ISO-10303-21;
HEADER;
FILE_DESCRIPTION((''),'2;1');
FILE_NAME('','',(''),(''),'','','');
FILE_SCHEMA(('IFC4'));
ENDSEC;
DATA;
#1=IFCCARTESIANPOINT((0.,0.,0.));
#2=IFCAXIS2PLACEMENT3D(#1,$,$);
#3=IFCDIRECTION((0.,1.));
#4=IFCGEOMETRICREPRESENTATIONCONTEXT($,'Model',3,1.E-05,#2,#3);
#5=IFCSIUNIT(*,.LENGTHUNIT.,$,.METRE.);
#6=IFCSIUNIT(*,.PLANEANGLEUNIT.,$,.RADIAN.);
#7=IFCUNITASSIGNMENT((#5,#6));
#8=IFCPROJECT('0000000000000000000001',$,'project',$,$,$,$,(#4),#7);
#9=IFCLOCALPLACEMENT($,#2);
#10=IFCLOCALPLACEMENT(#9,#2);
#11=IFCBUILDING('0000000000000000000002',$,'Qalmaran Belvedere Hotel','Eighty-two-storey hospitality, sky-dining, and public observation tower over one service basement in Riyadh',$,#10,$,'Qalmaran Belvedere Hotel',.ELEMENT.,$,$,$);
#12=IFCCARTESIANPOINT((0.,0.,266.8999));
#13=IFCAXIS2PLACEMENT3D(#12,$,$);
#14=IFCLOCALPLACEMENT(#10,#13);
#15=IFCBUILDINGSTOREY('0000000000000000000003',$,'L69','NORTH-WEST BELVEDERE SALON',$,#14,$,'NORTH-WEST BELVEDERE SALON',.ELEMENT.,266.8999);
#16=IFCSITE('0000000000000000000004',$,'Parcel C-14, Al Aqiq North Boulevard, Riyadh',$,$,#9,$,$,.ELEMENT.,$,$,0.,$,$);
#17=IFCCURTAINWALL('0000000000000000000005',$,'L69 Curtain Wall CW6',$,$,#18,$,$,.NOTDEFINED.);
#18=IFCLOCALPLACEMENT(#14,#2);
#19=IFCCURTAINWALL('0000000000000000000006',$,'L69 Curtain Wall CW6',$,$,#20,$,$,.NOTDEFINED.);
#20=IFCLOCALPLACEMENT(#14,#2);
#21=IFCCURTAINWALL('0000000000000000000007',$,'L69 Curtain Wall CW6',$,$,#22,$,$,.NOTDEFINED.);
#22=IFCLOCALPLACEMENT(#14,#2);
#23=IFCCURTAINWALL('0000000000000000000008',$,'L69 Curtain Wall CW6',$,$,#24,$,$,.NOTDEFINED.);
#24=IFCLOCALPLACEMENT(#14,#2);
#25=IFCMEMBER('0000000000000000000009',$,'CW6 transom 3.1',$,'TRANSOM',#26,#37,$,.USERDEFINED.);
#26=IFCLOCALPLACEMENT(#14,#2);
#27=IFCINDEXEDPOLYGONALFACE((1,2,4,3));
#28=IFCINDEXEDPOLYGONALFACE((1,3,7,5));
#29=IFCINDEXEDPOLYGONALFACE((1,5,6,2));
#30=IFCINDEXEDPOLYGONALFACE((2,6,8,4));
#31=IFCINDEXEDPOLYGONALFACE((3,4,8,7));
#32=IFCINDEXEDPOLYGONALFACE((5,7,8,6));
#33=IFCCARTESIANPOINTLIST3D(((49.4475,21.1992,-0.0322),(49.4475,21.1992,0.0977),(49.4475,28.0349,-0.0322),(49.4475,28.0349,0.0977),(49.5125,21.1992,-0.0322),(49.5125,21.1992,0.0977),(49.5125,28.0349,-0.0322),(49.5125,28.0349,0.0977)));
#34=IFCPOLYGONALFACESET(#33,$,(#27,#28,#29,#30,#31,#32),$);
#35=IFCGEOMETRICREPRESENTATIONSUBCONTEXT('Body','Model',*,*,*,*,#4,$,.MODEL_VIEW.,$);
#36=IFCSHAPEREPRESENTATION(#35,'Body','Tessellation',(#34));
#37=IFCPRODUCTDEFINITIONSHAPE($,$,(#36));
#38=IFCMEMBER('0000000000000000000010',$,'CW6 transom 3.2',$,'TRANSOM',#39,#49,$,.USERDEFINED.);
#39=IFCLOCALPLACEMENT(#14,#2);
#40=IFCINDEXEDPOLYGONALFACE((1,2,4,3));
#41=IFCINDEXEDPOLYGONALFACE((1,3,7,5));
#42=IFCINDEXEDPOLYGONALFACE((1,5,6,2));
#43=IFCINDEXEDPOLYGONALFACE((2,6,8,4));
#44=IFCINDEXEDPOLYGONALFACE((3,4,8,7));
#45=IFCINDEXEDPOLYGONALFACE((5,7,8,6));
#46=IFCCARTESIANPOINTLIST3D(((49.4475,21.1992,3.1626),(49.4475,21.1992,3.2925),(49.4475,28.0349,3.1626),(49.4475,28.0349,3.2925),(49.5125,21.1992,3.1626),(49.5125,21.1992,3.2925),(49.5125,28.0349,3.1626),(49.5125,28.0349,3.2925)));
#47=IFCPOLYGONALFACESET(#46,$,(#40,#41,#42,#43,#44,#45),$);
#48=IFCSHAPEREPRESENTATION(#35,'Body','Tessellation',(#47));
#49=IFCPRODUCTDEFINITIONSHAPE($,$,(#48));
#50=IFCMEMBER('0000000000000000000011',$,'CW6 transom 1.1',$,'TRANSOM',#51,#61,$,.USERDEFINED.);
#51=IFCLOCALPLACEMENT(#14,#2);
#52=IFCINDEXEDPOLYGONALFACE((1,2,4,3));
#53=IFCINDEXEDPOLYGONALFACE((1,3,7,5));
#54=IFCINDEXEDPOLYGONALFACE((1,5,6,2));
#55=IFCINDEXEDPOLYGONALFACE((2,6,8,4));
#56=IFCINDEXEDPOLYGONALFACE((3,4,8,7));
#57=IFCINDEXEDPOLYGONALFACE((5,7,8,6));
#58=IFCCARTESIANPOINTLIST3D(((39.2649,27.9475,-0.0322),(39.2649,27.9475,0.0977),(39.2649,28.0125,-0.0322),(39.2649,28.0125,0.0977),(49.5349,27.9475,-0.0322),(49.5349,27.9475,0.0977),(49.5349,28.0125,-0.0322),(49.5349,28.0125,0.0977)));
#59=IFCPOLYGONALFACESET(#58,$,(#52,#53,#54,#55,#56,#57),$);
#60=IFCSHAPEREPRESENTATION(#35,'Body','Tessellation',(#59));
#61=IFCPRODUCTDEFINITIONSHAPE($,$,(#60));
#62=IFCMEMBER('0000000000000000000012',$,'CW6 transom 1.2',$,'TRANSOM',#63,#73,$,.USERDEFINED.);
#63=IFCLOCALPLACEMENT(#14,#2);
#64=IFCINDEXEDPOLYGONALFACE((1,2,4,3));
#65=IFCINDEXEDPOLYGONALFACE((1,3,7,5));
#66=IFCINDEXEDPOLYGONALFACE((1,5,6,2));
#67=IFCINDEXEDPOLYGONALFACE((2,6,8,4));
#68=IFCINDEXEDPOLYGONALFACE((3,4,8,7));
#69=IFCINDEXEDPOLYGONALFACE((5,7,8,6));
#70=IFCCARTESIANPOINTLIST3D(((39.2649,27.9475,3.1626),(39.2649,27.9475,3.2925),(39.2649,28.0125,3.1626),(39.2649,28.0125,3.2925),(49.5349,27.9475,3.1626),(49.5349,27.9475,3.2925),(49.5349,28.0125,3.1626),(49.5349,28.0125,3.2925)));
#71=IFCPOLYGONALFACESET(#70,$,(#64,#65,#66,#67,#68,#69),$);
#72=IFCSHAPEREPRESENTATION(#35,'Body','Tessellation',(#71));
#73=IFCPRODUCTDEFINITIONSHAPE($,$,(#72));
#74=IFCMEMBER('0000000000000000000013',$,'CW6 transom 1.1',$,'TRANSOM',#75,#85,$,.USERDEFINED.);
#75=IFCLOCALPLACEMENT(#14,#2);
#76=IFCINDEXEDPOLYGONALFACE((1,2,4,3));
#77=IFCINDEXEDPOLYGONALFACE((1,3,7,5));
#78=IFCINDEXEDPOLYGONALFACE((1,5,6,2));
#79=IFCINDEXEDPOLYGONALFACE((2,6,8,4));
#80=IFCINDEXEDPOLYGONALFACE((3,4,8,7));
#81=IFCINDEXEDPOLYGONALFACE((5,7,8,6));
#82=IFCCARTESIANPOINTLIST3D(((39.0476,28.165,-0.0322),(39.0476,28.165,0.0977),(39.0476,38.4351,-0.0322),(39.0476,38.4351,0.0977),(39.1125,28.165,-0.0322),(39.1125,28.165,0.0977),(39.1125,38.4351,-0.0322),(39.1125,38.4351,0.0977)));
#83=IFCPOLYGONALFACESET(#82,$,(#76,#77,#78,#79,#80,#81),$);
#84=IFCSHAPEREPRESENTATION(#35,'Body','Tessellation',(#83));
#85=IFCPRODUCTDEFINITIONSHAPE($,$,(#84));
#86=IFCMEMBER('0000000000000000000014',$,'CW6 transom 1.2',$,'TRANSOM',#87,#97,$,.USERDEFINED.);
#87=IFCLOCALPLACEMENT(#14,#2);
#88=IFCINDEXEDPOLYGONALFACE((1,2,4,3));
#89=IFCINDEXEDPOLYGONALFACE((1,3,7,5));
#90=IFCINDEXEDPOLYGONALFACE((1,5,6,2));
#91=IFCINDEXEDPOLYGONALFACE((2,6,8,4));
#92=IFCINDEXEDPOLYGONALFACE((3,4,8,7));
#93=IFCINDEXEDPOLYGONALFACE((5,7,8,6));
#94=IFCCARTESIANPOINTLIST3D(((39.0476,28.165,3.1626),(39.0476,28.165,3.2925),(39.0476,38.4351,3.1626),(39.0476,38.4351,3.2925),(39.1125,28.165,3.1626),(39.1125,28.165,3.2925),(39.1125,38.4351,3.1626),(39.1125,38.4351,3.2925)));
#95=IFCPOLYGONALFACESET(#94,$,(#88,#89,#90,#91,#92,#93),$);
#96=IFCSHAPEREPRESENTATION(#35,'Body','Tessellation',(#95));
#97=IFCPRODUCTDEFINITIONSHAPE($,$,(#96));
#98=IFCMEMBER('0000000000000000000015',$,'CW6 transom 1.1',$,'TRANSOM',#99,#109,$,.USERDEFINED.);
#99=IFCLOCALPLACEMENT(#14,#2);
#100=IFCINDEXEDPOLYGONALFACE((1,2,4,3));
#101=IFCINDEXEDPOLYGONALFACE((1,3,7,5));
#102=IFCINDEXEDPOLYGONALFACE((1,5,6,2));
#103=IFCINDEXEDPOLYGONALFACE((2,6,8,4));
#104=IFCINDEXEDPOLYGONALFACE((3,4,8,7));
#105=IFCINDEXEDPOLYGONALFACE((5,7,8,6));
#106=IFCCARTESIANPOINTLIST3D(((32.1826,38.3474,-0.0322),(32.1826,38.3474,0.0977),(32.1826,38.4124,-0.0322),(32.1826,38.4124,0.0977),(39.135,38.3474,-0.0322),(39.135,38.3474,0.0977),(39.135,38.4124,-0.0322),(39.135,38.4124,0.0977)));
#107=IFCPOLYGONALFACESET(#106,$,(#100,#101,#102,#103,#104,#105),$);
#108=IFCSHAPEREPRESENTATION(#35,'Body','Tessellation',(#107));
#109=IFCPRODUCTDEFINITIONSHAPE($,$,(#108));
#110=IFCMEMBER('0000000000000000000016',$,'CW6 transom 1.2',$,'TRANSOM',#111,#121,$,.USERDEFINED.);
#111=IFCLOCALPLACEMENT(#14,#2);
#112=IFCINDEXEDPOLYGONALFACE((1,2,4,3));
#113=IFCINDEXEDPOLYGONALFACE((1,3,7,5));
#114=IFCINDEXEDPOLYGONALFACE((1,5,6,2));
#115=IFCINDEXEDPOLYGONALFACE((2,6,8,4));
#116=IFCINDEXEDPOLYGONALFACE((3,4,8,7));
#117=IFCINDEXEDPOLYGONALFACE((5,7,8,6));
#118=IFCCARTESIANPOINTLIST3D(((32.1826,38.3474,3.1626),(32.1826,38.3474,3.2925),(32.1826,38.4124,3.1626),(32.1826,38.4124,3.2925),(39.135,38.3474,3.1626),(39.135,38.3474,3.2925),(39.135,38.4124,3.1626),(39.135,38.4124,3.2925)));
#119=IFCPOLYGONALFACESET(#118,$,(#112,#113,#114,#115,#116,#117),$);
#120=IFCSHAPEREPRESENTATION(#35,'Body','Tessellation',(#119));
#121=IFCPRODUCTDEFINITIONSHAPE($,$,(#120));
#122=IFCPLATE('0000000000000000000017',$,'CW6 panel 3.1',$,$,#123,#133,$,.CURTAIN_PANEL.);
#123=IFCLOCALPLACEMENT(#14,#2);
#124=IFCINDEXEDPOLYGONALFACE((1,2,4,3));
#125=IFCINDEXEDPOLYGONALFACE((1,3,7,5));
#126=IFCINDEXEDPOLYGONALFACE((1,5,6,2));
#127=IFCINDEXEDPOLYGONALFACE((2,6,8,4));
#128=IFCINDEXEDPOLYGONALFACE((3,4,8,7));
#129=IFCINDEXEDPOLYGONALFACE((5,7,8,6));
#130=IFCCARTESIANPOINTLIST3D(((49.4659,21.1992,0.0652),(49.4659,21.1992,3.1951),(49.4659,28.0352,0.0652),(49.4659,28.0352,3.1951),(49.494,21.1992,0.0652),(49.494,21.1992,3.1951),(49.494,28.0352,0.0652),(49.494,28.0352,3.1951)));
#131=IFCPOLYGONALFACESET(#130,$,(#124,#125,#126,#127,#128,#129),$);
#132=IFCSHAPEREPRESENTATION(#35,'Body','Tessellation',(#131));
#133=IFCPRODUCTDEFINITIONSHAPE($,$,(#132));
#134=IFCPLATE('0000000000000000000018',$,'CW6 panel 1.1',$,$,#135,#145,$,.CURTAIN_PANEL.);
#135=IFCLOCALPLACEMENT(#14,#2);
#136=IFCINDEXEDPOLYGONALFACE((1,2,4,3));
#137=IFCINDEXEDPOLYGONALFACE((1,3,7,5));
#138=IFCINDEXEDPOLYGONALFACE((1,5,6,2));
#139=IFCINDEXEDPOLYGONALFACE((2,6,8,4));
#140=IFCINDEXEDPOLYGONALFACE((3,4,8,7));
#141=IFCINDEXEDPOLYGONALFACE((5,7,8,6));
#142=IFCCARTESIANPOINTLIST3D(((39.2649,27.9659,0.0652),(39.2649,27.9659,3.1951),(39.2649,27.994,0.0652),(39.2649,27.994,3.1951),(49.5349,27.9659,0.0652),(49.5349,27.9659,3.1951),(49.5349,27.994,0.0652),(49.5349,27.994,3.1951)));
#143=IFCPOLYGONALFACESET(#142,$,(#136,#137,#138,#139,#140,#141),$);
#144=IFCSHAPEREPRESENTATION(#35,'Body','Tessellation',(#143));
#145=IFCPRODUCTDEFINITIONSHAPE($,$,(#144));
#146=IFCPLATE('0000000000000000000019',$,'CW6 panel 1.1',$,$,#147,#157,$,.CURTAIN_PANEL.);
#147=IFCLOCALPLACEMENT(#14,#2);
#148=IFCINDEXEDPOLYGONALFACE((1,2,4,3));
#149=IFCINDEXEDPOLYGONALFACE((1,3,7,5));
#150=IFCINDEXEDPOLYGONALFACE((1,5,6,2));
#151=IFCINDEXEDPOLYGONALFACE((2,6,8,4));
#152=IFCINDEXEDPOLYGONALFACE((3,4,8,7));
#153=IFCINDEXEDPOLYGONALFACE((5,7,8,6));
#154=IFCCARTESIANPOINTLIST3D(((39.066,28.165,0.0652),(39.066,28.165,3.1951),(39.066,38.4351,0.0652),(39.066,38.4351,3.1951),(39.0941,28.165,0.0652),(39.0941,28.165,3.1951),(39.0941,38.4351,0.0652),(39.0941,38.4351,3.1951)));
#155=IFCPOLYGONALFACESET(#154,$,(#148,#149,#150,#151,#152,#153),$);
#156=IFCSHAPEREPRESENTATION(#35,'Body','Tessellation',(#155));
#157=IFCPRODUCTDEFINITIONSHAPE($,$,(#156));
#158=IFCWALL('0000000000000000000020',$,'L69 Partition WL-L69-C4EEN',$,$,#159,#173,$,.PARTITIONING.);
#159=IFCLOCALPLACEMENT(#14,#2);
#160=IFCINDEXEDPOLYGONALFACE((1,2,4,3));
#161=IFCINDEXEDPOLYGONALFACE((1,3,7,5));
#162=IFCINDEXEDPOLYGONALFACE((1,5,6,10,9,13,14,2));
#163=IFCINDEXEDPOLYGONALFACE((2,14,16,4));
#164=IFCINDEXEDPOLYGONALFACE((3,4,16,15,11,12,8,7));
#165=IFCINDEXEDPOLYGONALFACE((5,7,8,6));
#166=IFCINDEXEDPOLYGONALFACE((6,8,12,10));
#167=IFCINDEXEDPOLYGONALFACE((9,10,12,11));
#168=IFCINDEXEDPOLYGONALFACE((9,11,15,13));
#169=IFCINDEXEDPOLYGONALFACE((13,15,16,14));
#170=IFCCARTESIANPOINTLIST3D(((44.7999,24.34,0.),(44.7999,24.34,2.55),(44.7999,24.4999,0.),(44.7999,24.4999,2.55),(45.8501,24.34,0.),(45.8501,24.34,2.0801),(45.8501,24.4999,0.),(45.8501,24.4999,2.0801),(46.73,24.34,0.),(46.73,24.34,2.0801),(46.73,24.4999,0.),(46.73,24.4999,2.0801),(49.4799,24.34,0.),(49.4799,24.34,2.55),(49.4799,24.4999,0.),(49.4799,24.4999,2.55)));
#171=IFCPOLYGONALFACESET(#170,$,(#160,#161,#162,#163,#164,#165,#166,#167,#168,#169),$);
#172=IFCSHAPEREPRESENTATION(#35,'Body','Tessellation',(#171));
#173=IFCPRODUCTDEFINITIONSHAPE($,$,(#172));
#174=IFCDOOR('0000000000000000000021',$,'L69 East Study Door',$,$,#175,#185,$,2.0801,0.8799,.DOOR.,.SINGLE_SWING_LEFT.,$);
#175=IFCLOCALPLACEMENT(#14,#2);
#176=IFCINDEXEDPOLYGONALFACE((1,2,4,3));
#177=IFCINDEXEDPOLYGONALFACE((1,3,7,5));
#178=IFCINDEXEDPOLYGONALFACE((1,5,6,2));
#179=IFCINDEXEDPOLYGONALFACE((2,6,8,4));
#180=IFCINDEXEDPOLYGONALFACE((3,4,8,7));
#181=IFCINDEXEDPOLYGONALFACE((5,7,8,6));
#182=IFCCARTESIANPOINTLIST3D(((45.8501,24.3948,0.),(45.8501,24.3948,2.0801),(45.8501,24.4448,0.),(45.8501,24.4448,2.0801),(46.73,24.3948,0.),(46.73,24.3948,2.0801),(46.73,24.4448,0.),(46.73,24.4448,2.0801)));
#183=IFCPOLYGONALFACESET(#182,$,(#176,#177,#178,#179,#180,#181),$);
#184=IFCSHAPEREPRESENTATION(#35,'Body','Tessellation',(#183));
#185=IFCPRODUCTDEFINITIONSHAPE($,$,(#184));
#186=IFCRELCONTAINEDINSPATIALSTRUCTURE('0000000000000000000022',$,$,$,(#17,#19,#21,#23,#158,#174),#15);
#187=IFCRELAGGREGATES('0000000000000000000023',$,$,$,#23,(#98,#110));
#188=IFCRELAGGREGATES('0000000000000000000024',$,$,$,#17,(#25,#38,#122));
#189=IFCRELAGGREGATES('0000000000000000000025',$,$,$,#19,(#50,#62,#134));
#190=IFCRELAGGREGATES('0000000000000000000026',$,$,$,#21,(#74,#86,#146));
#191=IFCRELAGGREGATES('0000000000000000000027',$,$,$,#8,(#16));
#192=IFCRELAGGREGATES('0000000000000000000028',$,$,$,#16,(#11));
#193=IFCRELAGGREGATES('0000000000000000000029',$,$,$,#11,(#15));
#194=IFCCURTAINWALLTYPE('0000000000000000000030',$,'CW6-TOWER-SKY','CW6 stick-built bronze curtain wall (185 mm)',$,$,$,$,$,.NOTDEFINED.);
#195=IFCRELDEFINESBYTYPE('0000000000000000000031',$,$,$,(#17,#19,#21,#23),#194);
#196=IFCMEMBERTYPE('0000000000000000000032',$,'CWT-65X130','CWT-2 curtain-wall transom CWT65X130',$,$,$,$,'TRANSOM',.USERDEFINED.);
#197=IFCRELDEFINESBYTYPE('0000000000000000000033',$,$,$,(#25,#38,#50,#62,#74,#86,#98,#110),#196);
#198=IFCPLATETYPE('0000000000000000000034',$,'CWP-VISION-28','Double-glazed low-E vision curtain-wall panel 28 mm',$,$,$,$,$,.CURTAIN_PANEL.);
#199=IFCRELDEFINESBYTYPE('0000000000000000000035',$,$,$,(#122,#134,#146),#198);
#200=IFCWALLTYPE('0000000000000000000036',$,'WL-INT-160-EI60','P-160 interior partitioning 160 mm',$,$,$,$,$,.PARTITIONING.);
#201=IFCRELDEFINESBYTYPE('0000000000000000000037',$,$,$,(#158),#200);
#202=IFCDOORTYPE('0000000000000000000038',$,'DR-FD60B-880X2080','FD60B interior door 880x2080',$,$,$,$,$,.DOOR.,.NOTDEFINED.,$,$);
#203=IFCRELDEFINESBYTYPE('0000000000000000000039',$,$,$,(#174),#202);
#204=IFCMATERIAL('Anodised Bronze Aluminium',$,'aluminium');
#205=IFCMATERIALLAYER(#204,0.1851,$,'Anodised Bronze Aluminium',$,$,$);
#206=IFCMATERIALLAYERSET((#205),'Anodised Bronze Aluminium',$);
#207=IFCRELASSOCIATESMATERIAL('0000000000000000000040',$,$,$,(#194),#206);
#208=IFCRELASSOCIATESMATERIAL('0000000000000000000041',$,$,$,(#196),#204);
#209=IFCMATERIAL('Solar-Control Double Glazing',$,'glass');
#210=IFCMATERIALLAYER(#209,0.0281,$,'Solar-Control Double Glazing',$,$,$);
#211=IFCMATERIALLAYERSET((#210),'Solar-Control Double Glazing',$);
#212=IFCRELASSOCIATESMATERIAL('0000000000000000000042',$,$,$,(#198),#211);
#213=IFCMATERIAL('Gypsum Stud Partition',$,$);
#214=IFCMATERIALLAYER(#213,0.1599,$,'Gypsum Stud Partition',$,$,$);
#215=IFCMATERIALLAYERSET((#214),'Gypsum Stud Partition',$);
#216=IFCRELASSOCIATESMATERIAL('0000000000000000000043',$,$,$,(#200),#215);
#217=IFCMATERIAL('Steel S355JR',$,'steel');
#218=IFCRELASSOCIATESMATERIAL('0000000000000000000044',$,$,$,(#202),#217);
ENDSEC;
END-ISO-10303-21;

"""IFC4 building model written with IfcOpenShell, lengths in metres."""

from ifc_helpers import new_model, si_unit, direction, frame, frame_2d, origin, origin_2d, place, context, subcontext, project, spatial, rectangle, extrude, material, layer, layer_set, material_profile, profile_set, type_object, element, fill, aggregate, save


model = new_model("IFC4")

# Units and contexts
model_context = context("Model", 3, precision=1e-05, world=origin(), true_north=direction((0.0, 1.0)))
body_context = subcontext(model_context, "Body", "Model", "MODEL_VIEW")
ifc_project = project(units=[si_unit("LENGTHUNIT", "METRE"), si_unit("PLANEANGLEUNIT", "RADIAN")], contexts=[model_context])

# Site, building, storey
site_placement = place(None, origin())
site = spatial("IfcSite", under=ifc_project, at=site_placement, Name="Parcel C-14, Al Aqiq North Boulevard, Riyadh", CompositionType="ELEMENT", RefElevation=0.0)
building_placement = place(site_placement, origin())
building = spatial("IfcBuilding", under=site, at=building_placement, Name="Qalmaran Belvedere Hotel", Description="Eighty-two-storey hospitality, sky-dining, and public observation tower over one service basement in Riyadh", LongName="Qalmaran Belvedere Hotel", CompositionType="ELEMENT")
storey_placement = place(building_placement, frame((0.0, 0.0, 266.8999)))
storey = spatial("IfcBuildingStorey", under=building, at=storey_placement, Name="L69", Description="NORTH-WEST BELVEDERE SALON", LongName="NORTH-WEST BELVEDERE SALON", CompositionType="ELEMENT", Elevation=266.8999)

# Shared definitions
ifc_material_1 = material(Name="Steel S355JR", Category="steel")

# Curtain walls
ifc_material_2 = material(Name="Anodised Bronze Aluminium", Category="aluminium")
ifc_layer_1 = layer(ifc_material_2, 0.1851, Name="Anodised Bronze Aluminium")
ifc_layer_set_1 = layer_set([ifc_layer_1], Name="Anodised Bronze Aluminium")
curtain_wall_type = type_object("IfcCurtainWallType", Name="CW6-TOWER-SKY", Description="CW6 stick-built bronze curtain wall (185 mm)", PredefinedType="NOTDEFINED", material=ifc_layer_set_1)
curtain_wall_1_placement = place(storey_placement, origin())
curtain_wall_1 = element("IfcCurtainWall", 1, at=curtain_wall_1_placement, inside=storey, type_object=curtain_wall_type, Name="L69 Curtain Wall CW6", PredefinedType="NOTDEFINED")
curtain_wall_2_placement = place(storey_placement, origin())
curtain_wall_2 = element("IfcCurtainWall", 2, at=curtain_wall_2_placement, inside=storey, type_object=curtain_wall_type, Name="L69 Curtain Wall CW6", PredefinedType="NOTDEFINED")
curtain_wall_3_placement = place(storey_placement, origin())
curtain_wall_3 = element("IfcCurtainWall", 3, at=curtain_wall_3_placement, inside=storey, type_object=curtain_wall_type, Name="L69 Curtain Wall CW6", PredefinedType="NOTDEFINED")

# Curtain wall
curtain_wall_4_placement = place(storey_placement, origin())
curtain_wall_4 = element("IfcCurtainWall", 4, at=curtain_wall_4_placement, inside=storey, type_object=curtain_wall_type, Name="L69 Curtain Wall CW6", PredefinedType="NOTDEFINED")

# Members
ifc_material_profile_1 = material_profile(ifc_material_2, rectangle(XDim=0.0649, YDim=0.1299, at=origin_2d()), Name="CWT65X130")
ifc_profile_set_1 = profile_set([ifc_material_profile_1], Name="Anodised Bronze Aluminium")
member_type_1 = type_object("IfcMemberType", Name="CWT-65X130", Description="CWT-2 curtain-wall transom CWT65X130", ElementType="TRANSOM", PredefinedType="USERDEFINED", material=ifc_profile_set_1)
member_1_placement = place(storey_placement, frame((49.48, 21.1992, 0.0327), z_axis=(0.0, 1.0, 0.0), x_axis=(-1.0, 0.0, 0.0)))
member_1 = element("IfcMember", 5, at=member_1_placement, type_object=member_type_1, Name="CW6 transom 3.1", ObjectType="TRANSOM", PredefinedType="USERDEFINED", context=body_context, shape_type="SweptSolid", body=[
    extrude(rectangle(XDim=0.0649, YDim=0.1299, at=origin_2d()), origin(), (0.0, 0.0, 1.0), 6.8357),
])
member_2_placement = place(storey_placement, frame((49.48, 21.1992, 3.2275), z_axis=(0.0, 1.0, 0.0), x_axis=(-1.0, 0.0, 0.0)))
member_2 = element("IfcMember", 6, at=member_2_placement, type_object=member_type_1, Name="CW6 transom 3.2", ObjectType="TRANSOM", PredefinedType="USERDEFINED", context=body_context, shape_type="SweptSolid", body=[
    extrude(rectangle(XDim=0.0649, YDim=0.1299, at=origin_2d()), origin(), (0.0, 0.0, 1.0), 6.8357),
])
member_3_placement = place(storey_placement, frame((49.5349, 27.98, 0.0327), z_axis=(-1.0, 0.0, 0.0), x_axis=(0.0, -1.0, 0.0)))
member_3 = element("IfcMember", 7, at=member_3_placement, type_object=member_type_1, Name="CW6 transom 1.1", ObjectType="TRANSOM", PredefinedType="USERDEFINED", context=body_context, shape_type="SweptSolid", body=[
    extrude(rectangle(XDim=0.0649, YDim=0.1299, at=origin_2d()), origin(), (0.0, 0.0, 1.0), 10.27),
])
member_4_placement = place(storey_placement, frame((49.5349, 27.98, 3.2275), z_axis=(-1.0, 0.0, 0.0), x_axis=(0.0, -1.0, 0.0)))
member_4 = element("IfcMember", 8, at=member_4_placement, type_object=member_type_1, Name="CW6 transom 1.2", ObjectType="TRANSOM", PredefinedType="USERDEFINED", context=body_context, shape_type="SweptSolid", body=[
    extrude(rectangle(XDim=0.0649, YDim=0.1299, at=origin_2d()), origin(), (0.0, 0.0, 1.0), 10.27),
])
member_5_placement = place(storey_placement, frame((39.0801, 28.165, 0.0327), z_axis=(0.0, 1.0, 0.0), x_axis=(-1.0, 0.0, 0.0)))
member_5 = element("IfcMember", 9, at=member_5_placement, type_object=member_type_1, Name="CW6 transom 1.1", ObjectType="TRANSOM", PredefinedType="USERDEFINED", context=body_context, shape_type="SweptSolid", body=[
    extrude(rectangle(XDim=0.0649, YDim=0.1299, at=origin_2d()), origin(), (0.0, 0.0, 1.0), 10.27),
])
member_6_placement = place(storey_placement, frame((39.0801, 28.165, 3.2275), z_axis=(0.0, 1.0, 0.0), x_axis=(-1.0, 0.0, 0.0)))
member_6 = element("IfcMember", 10, at=member_6_placement, type_object=member_type_1, Name="CW6 transom 1.2", ObjectType="TRANSOM", PredefinedType="USERDEFINED", context=body_context, shape_type="SweptSolid", body=[
    extrude(rectangle(XDim=0.0649, YDim=0.1299, at=origin_2d()), origin(), (0.0, 0.0, 1.0), 10.27),
])
member_7_placement = place(storey_placement, frame((39.135, 38.3799, 0.0327), z_axis=(-1.0, 0.0, 0.0), x_axis=(0.0, -1.0, 0.0)))
member_7 = element("IfcMember", 11, at=member_7_placement, type_object=member_type_1, Name="CW6 transom 1.1", ObjectType="TRANSOM", PredefinedType="USERDEFINED", context=body_context, shape_type="SweptSolid", body=[
    extrude(rectangle(XDim=0.0649, YDim=0.1299, at=origin_2d()), origin(), (0.0, 0.0, 1.0), 6.9524),
])
member_8_placement = place(storey_placement, frame((39.135, 38.3799, 3.2275), z_axis=(-1.0, 0.0, 0.0), x_axis=(0.0, -1.0, 0.0)))
member_8 = element("IfcMember", 12, at=member_8_placement, type_object=member_type_1, Name="CW6 transom 1.2", ObjectType="TRANSOM", PredefinedType="USERDEFINED", context=body_context, shape_type="SweptSolid", body=[
    extrude(rectangle(XDim=0.0649, YDim=0.1299, at=origin_2d()), origin(), (0.0, 0.0, 1.0), 6.9524),
])
aggregate(curtain_wall_4, [member_7, member_8])

# Plates
ifc_material_3 = material(Name="Solar-Control Double Glazing", Category="glass")
ifc_layer_2 = layer(ifc_material_3, 0.0281, Name="Solar-Control Double Glazing")
ifc_layer_set_2 = layer_set([ifc_layer_2], Name="Solar-Control Double Glazing")
plate_type = type_object("IfcPlateType", Name="CWP-VISION-28", Description="Double-glazed low-E vision curtain-wall panel 28 mm", PredefinedType="CURTAIN_PANEL", material=ifc_layer_set_2)
plate_1_placement = place(storey_placement, frame((49.48, 24.6172, 0.0652), z_axis=(0.0, 0.0, 1.0), x_axis=(0.0, 1.0, 0.0)))
plate_1 = element("IfcPlate", 13, at=plate_1_placement, type_object=plate_type, Name="CW6 panel 3.1", PredefinedType="CURTAIN_PANEL", context=body_context, shape_type="SweptSolid", body=[
    extrude(rectangle(XDim=6.8359, YDim=0.0281, at=origin_2d()), origin(), (0.0, 0.0, 1.0), 3.1299),
])
aggregate(curtain_wall_1, [member_1, member_2, plate_1])
plate_2_placement = place(storey_placement, frame((44.3999, 27.98, 0.0652), z_axis=(0.0, 0.0, 1.0), x_axis=(-1.0, 0.0, 0.0)))
plate_2 = element("IfcPlate", 14, at=plate_2_placement, type_object=plate_type, Name="CW6 panel 1.1", PredefinedType="CURTAIN_PANEL", context=body_context, shape_type="SweptSolid", body=[
    extrude(rectangle(XDim=10.27, YDim=0.0281, at=origin_2d()), origin(), (0.0, 0.0, 1.0), 3.1299),
])
aggregate(curtain_wall_2, [member_3, member_4, plate_2])
plate_3_placement = place(storey_placement, frame((39.0801, 33.3, 0.0652), z_axis=(0.0, 0.0, 1.0), x_axis=(0.0, 1.0, 0.0)))
plate_3 = element("IfcPlate", 15, at=plate_3_placement, type_object=plate_type, Name="CW6 panel 1.1", PredefinedType="CURTAIN_PANEL", context=body_context, shape_type="SweptSolid", body=[
    extrude(rectangle(XDim=10.27, YDim=0.0281, at=origin_2d()), origin(), (0.0, 0.0, 1.0), 3.1299),
])
aggregate(curtain_wall_3, [member_5, member_6, plate_3])

# Wall, opening, door
ifc_material_4 = material(Name="Gypsum Stud Partition")
ifc_layer_3 = layer(ifc_material_4, 0.1599, Name="Gypsum Stud Partition")
ifc_layer_set_3 = layer_set([ifc_layer_3], Name="Gypsum Stud Partition")
wall_type_1 = type_object("IfcWallType", Name="WL-INT-160-EI60", Description="P-160 interior partitioning 160 mm", PredefinedType="PARTITIONING", material=ifc_layer_set_3)
wall_1_placement = place(storey_placement, frame((44.8, 24.4199, 0.0), z_axis=(0.0, 0.0, 1.0), x_axis=(1.0, 0.0, 0.0)))
wall_1 = element("IfcWall", 16, at=wall_1_placement, inside=storey, type_object=wall_type_1, Name="L69 Partition WL-L69-C4EEN", PredefinedType="PARTITIONING", context=body_context, shape_type="SweptSolid", body=[
    extrude(rectangle(XDim=4.6799, YDim=0.1599, at=frame_2d((2.3398, 0.0))), origin(), (0.0, 0.0, 1.0), 2.55),
])
opening_1_placement = place(wall_1_placement, frame((1.05, 0.0, 0.0)))
opening_1 = element("IfcOpeningElement", 17, at=opening_1_placement, cuts=wall_1, PredefinedType="OPENING", context=body_context, shape_type="SweptSolid", body=[
    extrude(rectangle(XDim=0.8799, YDim=2.0801, at=frame_2d((0.4399, 1.04))), frame((0.0, 0.0898, 0.0), z_axis=(0.0, -1.0, 0.0), x_axis=(1.0, 0.0, 0.0)), (0.0, 0.0, 1.0), 0.1799),
])
door_type_1 = type_object("IfcDoorType", Name="DR-FD60B-880X2080", Description="FD60B interior door 880x2080", OperationType="NOTDEFINED", PredefinedType="DOOR", material=ifc_material_1)
door_1_placement = place(opening_1_placement, origin())
door_1 = element("IfcDoor", 18, at=door_1_placement, inside=storey, type_object=door_type_1, Name="L69 East Study Door", OperationType="SINGLE_SWING_LEFT", OverallHeight=2.0801, OverallWidth=0.8799, PredefinedType="DOOR", context=body_context, shape_type="SweptSolid", body=[
    extrude(rectangle(XDim=0.8799, YDim=2.0801, at=frame_2d((0.4399, 1.04))), frame((0.0, 0.0249, 0.0), z_axis=(0.0, -1.0, 0.0), x_axis=(1.0, 0.0, 0.0)), (0.0, 0.0, 1.0), 0.05),
])
fill(opening_1, door_1)

save(model, "model.ifc")
